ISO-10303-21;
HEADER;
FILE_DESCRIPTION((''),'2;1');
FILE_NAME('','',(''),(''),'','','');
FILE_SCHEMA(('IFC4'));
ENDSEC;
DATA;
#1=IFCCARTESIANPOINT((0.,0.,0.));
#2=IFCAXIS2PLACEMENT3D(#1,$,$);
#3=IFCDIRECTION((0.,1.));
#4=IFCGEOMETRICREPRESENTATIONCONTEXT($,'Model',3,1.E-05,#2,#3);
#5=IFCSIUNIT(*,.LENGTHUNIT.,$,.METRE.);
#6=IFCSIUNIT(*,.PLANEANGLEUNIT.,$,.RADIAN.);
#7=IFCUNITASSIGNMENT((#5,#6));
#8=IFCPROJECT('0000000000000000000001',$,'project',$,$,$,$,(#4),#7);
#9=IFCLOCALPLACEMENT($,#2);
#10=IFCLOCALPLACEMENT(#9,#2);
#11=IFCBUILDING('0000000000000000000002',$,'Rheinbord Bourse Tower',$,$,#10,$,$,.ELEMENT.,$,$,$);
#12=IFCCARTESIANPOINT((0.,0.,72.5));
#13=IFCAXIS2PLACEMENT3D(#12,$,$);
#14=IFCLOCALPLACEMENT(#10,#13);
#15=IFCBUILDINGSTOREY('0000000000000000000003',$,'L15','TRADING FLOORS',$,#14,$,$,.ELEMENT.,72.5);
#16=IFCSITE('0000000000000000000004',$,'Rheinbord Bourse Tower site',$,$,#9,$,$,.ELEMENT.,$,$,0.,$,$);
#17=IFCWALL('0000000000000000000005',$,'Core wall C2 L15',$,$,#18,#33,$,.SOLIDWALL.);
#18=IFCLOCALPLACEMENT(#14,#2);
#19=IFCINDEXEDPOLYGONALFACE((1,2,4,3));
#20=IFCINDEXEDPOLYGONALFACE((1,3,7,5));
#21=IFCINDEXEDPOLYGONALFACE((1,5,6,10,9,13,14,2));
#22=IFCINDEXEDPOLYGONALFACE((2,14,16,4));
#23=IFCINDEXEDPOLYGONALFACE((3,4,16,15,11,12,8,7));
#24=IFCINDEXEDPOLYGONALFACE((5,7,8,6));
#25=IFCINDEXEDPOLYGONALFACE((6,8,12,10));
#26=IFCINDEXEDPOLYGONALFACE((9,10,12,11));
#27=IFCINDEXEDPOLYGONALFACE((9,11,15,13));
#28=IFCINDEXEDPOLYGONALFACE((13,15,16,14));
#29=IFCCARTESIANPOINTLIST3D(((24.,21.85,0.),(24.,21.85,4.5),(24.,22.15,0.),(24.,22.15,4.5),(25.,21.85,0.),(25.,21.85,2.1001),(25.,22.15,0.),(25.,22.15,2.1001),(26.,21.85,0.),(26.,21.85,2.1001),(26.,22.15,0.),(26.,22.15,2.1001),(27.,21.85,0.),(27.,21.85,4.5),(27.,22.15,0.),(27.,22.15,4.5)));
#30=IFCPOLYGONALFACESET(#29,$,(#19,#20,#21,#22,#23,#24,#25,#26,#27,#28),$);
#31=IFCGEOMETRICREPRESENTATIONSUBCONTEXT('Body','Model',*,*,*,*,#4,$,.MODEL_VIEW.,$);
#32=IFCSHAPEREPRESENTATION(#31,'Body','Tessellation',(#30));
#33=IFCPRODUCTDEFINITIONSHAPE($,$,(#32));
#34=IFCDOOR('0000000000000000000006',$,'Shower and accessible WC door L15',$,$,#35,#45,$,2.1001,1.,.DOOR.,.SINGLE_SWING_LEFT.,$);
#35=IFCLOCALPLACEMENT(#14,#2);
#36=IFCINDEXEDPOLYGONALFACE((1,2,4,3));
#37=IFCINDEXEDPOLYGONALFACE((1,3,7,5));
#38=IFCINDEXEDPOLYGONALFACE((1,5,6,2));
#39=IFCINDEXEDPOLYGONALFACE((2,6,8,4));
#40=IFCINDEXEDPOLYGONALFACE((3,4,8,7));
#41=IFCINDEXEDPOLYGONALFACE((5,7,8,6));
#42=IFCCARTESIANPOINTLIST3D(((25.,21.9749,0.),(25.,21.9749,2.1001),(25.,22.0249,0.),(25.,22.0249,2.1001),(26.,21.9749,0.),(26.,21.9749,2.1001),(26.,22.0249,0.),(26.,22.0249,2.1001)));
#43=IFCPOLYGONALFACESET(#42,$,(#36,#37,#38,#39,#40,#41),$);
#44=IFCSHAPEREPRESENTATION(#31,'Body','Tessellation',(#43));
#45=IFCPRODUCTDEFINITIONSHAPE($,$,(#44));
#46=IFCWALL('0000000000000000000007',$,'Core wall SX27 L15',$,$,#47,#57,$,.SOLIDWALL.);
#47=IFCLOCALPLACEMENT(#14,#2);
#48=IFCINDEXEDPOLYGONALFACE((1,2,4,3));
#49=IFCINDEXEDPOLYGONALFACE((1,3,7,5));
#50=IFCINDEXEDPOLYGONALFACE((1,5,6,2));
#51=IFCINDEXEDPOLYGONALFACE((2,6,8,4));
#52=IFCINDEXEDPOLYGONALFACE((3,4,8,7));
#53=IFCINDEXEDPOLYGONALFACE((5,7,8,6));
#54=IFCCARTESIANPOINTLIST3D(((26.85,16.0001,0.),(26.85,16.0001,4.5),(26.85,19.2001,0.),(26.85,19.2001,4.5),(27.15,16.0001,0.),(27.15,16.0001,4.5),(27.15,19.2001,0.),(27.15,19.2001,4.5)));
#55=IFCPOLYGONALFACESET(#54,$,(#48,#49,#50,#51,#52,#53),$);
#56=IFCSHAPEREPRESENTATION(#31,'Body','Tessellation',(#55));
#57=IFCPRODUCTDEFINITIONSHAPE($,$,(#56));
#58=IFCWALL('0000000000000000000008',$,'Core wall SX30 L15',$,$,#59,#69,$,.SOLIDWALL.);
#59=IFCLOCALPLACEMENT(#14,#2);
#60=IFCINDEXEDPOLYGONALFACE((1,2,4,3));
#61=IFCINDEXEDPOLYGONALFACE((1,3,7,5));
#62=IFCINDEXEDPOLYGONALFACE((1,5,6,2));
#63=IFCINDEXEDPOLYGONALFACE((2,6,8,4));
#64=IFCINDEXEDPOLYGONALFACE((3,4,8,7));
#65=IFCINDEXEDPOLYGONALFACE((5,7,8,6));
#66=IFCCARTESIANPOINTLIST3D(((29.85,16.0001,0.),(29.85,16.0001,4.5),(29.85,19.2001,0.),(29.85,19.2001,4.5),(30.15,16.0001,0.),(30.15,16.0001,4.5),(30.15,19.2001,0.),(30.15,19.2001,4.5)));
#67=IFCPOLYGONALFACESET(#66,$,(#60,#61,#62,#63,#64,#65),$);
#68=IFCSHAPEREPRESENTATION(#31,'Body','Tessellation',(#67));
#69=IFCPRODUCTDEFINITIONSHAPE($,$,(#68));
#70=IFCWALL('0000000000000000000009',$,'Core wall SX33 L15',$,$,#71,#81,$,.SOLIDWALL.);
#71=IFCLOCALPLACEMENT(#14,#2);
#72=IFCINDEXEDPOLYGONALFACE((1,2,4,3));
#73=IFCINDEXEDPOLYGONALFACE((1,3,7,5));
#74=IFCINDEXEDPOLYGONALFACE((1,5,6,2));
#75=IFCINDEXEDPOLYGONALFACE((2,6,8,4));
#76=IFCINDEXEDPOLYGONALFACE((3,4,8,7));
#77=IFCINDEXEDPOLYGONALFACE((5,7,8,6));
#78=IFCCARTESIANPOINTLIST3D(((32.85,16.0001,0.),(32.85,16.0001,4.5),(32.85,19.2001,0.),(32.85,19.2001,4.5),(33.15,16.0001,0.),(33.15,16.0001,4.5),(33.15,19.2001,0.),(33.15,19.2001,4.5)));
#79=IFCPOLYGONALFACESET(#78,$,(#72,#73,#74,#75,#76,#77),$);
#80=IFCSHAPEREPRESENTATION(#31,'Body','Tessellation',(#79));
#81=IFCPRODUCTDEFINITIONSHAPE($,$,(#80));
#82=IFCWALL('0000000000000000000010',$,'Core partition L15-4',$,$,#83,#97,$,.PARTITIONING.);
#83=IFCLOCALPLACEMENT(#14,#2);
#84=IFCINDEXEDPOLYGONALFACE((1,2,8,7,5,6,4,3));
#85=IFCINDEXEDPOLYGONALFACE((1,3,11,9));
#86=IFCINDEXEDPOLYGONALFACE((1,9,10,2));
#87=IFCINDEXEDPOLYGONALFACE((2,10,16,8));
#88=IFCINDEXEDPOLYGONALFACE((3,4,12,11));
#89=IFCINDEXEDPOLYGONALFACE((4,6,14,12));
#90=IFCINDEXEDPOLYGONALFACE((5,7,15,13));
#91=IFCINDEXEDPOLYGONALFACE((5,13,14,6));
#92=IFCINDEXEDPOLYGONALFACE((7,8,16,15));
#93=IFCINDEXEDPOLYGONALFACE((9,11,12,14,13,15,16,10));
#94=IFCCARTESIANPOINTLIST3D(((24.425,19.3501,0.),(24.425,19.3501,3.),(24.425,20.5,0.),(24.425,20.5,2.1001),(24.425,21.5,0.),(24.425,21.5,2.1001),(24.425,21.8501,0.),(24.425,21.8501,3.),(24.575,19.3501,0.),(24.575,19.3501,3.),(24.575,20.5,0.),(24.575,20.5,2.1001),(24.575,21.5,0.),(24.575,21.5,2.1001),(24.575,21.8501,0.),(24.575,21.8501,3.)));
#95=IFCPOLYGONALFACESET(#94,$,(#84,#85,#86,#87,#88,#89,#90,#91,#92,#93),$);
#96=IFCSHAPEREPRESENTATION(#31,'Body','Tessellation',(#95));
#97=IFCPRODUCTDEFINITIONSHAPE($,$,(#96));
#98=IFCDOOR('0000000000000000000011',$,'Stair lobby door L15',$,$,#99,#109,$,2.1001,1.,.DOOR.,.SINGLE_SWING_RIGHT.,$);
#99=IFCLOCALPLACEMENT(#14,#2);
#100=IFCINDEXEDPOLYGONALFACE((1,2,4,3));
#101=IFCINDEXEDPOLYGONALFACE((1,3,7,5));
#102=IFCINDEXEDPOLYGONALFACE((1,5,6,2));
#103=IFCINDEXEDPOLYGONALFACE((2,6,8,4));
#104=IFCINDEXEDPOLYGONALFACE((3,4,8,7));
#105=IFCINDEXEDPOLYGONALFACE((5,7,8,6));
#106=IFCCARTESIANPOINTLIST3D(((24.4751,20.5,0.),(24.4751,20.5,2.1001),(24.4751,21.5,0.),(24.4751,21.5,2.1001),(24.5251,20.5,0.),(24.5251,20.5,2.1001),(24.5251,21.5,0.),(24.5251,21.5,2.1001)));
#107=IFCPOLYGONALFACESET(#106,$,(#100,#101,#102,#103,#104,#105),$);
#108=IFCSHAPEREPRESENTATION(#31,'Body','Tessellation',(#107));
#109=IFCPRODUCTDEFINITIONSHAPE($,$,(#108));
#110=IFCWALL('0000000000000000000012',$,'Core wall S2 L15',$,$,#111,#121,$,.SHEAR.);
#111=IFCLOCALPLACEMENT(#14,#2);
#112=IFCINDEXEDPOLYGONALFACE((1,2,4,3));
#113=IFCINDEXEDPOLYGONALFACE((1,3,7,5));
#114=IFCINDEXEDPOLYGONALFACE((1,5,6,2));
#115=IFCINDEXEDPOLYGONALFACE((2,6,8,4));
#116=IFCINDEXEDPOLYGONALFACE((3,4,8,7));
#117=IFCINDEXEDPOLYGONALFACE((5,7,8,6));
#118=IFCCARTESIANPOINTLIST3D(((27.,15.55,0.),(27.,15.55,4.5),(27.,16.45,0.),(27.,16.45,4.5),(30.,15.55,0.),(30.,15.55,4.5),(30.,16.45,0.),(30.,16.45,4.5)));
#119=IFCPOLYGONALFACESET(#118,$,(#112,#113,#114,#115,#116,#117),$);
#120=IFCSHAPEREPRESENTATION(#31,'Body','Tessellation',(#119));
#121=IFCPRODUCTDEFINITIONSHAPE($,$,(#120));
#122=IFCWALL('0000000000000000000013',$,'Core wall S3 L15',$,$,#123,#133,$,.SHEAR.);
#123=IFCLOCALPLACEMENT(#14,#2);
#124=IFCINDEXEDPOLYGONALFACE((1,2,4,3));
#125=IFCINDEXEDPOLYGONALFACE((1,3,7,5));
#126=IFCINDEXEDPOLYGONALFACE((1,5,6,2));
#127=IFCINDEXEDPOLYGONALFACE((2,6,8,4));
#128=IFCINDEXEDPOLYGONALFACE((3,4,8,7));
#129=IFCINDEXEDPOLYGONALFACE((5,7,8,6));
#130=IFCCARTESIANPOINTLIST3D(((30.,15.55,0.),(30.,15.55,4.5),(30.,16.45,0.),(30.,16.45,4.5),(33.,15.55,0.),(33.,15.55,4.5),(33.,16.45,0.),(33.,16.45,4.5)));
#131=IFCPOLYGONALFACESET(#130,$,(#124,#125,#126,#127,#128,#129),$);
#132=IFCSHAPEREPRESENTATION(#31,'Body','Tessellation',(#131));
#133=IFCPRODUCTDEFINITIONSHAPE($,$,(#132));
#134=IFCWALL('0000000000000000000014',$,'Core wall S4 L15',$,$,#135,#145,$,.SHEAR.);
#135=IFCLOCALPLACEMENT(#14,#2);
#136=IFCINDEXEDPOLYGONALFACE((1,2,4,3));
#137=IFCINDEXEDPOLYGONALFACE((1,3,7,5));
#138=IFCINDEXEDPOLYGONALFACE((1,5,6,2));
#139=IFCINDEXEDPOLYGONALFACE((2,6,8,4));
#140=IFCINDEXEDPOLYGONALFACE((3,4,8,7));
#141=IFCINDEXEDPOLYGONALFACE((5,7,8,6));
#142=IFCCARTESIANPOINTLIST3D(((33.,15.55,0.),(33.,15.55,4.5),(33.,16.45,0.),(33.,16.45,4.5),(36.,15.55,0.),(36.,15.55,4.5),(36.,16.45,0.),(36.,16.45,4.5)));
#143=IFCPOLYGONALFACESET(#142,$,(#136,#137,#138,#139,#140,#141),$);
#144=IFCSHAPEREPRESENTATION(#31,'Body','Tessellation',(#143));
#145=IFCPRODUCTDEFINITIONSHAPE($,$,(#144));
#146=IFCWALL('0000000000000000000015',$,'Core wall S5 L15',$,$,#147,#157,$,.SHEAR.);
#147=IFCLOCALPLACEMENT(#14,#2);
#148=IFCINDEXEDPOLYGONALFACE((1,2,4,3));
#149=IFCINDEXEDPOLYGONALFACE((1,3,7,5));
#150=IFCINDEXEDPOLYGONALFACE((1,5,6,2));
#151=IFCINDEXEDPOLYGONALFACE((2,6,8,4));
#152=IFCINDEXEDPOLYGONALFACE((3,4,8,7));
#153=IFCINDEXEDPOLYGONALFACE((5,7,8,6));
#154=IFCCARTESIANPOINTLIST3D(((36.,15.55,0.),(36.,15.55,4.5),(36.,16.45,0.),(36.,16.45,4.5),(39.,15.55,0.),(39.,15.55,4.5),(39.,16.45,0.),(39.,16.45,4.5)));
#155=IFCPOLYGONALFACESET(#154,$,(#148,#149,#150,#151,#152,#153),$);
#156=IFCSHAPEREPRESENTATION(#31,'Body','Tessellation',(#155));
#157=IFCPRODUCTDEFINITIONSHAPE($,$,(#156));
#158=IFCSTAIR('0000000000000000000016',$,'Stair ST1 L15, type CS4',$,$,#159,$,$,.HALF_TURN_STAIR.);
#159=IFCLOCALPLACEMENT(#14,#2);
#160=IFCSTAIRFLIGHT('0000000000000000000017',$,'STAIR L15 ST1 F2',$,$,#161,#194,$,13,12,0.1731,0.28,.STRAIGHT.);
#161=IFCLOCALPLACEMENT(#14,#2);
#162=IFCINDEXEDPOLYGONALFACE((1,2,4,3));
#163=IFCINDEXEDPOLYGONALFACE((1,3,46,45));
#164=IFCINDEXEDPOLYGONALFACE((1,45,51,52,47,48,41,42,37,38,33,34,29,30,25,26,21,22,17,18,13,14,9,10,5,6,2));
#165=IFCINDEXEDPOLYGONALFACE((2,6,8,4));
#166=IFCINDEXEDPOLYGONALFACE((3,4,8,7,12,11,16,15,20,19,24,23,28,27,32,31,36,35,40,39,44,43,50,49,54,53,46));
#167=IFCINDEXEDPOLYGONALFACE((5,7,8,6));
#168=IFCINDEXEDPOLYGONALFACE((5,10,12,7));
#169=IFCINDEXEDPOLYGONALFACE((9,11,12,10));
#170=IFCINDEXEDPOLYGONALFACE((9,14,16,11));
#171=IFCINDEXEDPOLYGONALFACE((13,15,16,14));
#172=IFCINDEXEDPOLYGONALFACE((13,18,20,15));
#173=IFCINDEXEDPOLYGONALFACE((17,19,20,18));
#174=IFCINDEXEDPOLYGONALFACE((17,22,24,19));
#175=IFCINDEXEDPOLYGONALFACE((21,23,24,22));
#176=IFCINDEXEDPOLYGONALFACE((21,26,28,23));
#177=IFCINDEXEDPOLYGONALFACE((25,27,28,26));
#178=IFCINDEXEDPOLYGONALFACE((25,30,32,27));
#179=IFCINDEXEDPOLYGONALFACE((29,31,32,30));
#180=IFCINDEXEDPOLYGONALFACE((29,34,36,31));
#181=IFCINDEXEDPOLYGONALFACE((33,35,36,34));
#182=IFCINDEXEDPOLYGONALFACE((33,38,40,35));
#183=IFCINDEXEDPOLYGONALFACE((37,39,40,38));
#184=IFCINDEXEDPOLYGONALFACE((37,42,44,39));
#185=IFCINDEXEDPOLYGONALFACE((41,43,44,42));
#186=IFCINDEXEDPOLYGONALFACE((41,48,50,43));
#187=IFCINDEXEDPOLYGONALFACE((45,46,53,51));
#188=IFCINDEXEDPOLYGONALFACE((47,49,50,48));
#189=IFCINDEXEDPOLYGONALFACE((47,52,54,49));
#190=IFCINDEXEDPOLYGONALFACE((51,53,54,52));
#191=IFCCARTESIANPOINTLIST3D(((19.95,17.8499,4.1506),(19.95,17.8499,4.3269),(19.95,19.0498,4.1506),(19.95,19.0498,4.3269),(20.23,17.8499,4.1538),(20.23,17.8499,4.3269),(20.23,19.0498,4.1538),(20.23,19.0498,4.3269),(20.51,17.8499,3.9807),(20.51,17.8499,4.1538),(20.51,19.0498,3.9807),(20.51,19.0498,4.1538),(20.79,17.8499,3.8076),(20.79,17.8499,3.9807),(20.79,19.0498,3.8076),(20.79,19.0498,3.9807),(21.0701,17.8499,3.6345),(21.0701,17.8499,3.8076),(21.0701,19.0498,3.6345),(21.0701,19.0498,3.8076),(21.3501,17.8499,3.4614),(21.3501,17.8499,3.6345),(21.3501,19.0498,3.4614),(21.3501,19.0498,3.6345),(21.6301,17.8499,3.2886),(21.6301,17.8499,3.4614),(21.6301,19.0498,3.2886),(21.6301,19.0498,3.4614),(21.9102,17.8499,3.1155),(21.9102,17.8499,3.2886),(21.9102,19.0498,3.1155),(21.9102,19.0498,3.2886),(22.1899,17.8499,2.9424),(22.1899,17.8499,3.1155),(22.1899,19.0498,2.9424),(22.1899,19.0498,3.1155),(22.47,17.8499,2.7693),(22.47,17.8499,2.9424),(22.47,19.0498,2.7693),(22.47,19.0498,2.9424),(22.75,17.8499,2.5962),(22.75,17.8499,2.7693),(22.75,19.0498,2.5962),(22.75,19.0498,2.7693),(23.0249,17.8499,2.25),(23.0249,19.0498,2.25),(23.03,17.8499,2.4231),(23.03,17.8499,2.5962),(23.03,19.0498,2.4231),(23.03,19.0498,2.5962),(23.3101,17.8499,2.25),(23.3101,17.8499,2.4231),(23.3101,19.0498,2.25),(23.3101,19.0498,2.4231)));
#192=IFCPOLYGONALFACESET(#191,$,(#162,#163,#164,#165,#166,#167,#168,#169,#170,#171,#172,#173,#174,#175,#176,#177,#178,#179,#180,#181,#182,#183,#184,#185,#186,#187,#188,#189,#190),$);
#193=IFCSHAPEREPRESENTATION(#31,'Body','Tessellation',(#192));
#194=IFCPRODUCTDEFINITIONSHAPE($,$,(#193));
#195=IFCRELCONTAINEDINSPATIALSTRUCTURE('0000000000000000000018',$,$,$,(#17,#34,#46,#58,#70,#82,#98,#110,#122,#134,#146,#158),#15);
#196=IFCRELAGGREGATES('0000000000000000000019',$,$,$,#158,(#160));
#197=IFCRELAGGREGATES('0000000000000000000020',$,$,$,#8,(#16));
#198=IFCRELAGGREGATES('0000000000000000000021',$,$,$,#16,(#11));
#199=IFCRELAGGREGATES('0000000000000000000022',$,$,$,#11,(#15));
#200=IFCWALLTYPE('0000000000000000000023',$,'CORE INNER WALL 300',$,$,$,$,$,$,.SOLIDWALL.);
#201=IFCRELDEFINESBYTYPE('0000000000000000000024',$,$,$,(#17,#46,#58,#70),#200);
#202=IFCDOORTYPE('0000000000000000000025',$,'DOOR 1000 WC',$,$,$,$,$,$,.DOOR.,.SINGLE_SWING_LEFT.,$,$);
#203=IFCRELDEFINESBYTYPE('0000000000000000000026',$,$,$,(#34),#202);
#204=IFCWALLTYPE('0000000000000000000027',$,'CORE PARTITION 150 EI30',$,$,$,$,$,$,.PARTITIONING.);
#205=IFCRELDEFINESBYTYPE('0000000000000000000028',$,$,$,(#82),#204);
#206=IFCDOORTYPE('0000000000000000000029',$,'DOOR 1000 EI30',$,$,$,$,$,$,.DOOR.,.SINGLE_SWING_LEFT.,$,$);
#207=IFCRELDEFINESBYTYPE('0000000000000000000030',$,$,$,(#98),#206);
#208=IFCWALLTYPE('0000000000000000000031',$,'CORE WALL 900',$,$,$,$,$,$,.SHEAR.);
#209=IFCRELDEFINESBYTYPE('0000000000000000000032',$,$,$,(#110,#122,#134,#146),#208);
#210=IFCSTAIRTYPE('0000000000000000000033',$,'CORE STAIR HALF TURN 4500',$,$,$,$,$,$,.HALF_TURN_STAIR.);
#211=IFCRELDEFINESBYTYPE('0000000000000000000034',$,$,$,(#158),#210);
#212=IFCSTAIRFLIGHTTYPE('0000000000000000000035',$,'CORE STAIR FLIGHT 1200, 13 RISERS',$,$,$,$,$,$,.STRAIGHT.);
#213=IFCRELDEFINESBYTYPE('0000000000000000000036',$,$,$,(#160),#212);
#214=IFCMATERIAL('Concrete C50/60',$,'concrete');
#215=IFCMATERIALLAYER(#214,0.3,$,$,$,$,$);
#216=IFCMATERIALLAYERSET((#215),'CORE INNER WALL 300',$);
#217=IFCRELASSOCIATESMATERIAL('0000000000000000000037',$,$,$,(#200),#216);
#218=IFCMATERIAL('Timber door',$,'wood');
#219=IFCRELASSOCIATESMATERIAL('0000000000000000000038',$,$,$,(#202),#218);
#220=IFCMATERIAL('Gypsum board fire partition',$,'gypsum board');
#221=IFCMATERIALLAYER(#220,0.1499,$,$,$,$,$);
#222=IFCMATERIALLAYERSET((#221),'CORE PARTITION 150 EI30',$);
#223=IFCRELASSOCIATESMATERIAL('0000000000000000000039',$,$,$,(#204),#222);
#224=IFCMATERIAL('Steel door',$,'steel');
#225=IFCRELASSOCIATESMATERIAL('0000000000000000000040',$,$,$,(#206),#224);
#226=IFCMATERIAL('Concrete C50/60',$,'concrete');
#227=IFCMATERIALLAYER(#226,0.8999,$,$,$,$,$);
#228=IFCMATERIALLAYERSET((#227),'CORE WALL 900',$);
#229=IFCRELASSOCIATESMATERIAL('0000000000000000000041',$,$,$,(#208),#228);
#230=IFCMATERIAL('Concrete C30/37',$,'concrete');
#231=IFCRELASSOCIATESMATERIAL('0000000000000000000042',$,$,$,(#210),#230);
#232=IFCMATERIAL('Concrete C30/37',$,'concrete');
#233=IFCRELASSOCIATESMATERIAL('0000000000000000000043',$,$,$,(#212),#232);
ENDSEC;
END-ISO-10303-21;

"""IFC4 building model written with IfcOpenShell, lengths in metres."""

from ifc_helpers import new_model, si_unit, direction, frame, frame_2d, origin, place, context, subcontext, project, spatial, polyline, rectangle, outline, extrude, material, layer, layer_set, type_object, element, fill, aggregate, save


model = new_model("IFC4")

# Units and contexts
model_context = context("Model", 3, precision=1e-05, world=origin(), true_north=direction((0.0, 1.0)))
body_context = subcontext(model_context, "Body", "Model", "MODEL_VIEW")
ifc_project = project(units=[si_unit("LENGTHUNIT", "METRE"), si_unit("PLANEANGLEUNIT", "RADIAN")], contexts=[model_context])

# Site, building, storey
site_placement = place(None, origin())
site = spatial("IfcSite", under=ifc_project, at=site_placement, Name="Rheinbord Bourse Tower site", CompositionType="ELEMENT", RefElevation=0.0)
building_placement = place(site_placement, origin())
building = spatial("IfcBuilding", under=site, at=building_placement, Name="Rheinbord Bourse Tower", CompositionType="ELEMENT")
storey_placement = place(building_placement, frame((0.0, 0.0, 72.5)))
storey = spatial("IfcBuildingStorey", under=building, at=storey_placement, Name="L15", Description="TRADING FLOORS", CompositionType="ELEMENT", Elevation=72.5)

# Wall, opening, door
ifc_material_1 = material(Name="Concrete C50/60", Category="concrete")
ifc_layer_1 = layer(ifc_material_1, 0.3)
ifc_layer_set_1 = layer_set([ifc_layer_1], Name="CORE INNER WALL 300")
wall_type_1 = type_object("IfcWallType", Name="CORE INNER WALL 300", PredefinedType="SOLIDWALL", material=ifc_layer_set_1)
wall_1_placement = place(storey_placement, frame((24.0, 22.0, 0.0), z_axis=(0.0, 0.0, 1.0), x_axis=(1.0, 0.0, 0.0)))
wall_1 = element("IfcWall", 1, at=wall_1_placement, inside=storey, type_object=wall_type_1, Name="Core wall C2 L15", PredefinedType="SOLIDWALL", context=body_context, shape_type="SweptSolid", body=[
    extrude(rectangle(XDim=3.0, YDim=0.3, at=frame_2d((1.5, 0.0))), origin(), (0.0, 0.0, 1.0), 4.5),
])
opening_1_placement = place(wall_1_placement, frame((1.0, 0.0, 0.0)))
opening_1 = element("IfcOpeningElement", 2, at=opening_1_placement, cuts=wall_1, PredefinedType="OPENING", context=body_context, shape_type="SweptSolid", body=[
    extrude(rectangle(XDim=1.0, YDim=2.1001, at=frame_2d((0.5, 1.05))), frame((0.0, 0.1599, 0.0), z_axis=(0.0, -1.0, 0.0), x_axis=(1.0, 0.0, 0.0)), (0.0, 0.0, 1.0), 0.3201),
])
ifc_material_2 = material(Name="Timber door", Category="wood")
door_type_1 = type_object("IfcDoorType", Name="DOOR 1000 WC", OperationType="SINGLE_SWING_LEFT", PredefinedType="DOOR", material=ifc_material_2)
door_1_placement = place(opening_1_placement, origin())
door_1 = element("IfcDoor", 3, at=door_1_placement, inside=storey, type_object=door_type_1, Name="Shower and accessible WC door L15", OperationType="SINGLE_SWING_LEFT", OverallHeight=2.1001, OverallWidth=1.0, PredefinedType="DOOR", context=body_context, shape_type="SweptSolid", body=[
    extrude(rectangle(XDim=1.0, YDim=2.1001, at=frame_2d((0.5, 1.05))), frame((0.0, 0.0249, 0.0), z_axis=(0.0, -1.0, 0.0), x_axis=(1.0, 0.0, 0.0)), (0.0, 0.0, 1.0), 0.05),
])
fill(opening_1, door_1)

# Walls
for number, where, z_axis, x_axis, name in (
    (4, (27.0, 16.0, 0.0), (0.0, 0.0, 1.0), (0.0, 1.0, 0.0), "Core wall SX27 L15"),
    (5, (30.0, 16.0, 0.0), (0.0, 0.0, 1.0), (0.0, 1.0, 0.0), "Core wall SX30 L15"),
    (6, (33.0, 16.0, 0.0), (0.0, 0.0, 1.0), (0.0, 1.0, 0.0), "Core wall SX33 L15"),
):
    element("IfcWall", number, at=place(storey_placement, frame(where, z_axis=z_axis, x_axis=x_axis)), inside=storey, type_object=wall_type_1, Name=name, PredefinedType="SOLIDWALL", context=body_context, shape_type="SweptSolid", body=[
        extrude(rectangle(XDim=3.2, YDim=0.3, at=frame_2d((1.6001, 0.0))), origin(), (0.0, 0.0, 1.0), 4.5),
    ])

# Wall, opening, door
ifc_material_3 = material(Name="Gypsum board fire partition", Category="gypsum board")
ifc_layer_2 = layer(ifc_material_3, 0.1499)
ifc_layer_set_2 = layer_set([ifc_layer_2], Name="CORE PARTITION 150 EI30")
wall_type_2 = type_object("IfcWallType", Name="CORE PARTITION 150 EI30", PredefinedType="PARTITIONING", material=ifc_layer_set_2)
wall_2_placement = place(storey_placement, frame((24.5, 19.3501, 0.0), z_axis=(0.0, 0.0, 1.0), x_axis=(0.0, 1.0, 0.0)))
wall_2 = element("IfcWall", 7, at=wall_2_placement, inside=storey, type_object=wall_type_2, Name="Core partition L15-4", PredefinedType="PARTITIONING", context=body_context, shape_type="SweptSolid", body=[
    extrude(rectangle(XDim=2.5, YDim=0.1499, at=frame_2d((1.25, 0.0))), origin(), (0.0, 0.0, 1.0), 3.0),
])
opening_2_placement = place(wall_2_placement, frame((1.1499, 0.0, 0.0)))
opening_2 = element("IfcOpeningElement", 8, at=opening_2_placement, cuts=wall_2, PredefinedType="OPENING", context=body_context, shape_type="SweptSolid", body=[
    extrude(rectangle(XDim=1.0, YDim=2.1001, at=frame_2d((0.5, 1.05))), frame((0.0, 0.085, 0.0), z_axis=(0.0, -1.0, 0.0), x_axis=(1.0, 0.0, 0.0)), (0.0, 0.0, 1.0), 0.1699),
])
ifc_material_4 = material(Name="Steel door", Category="steel")
door_type_2 = type_object("IfcDoorType", Name="DOOR 1000 EI30", OperationType="SINGLE_SWING_LEFT", PredefinedType="DOOR", material=ifc_material_4)
door_2_placement = place(opening_2_placement, origin())
door_2 = element("IfcDoor", 9, at=door_2_placement, inside=storey, type_object=door_type_2, Name="Stair lobby door L15", OperationType="SINGLE_SWING_RIGHT", OverallHeight=2.1001, OverallWidth=1.0, PredefinedType="DOOR", context=body_context, shape_type="SweptSolid", body=[
    extrude(rectangle(XDim=1.0, YDim=2.1001, at=frame_2d((0.5, 1.05))), frame((0.0, 0.0249, 0.0), z_axis=(0.0, -1.0, 0.0), x_axis=(1.0, 0.0, 0.0)), (0.0, 0.0, 1.0), 0.05),
])
fill(opening_2, door_2)

# Walls
ifc_material_5 = material(Name="Concrete C50/60", Category="concrete")
ifc_layer_3 = layer(ifc_material_5, 0.8999)
ifc_layer_set_3 = layer_set([ifc_layer_3], Name="CORE WALL 900")
wall_type_3 = type_object("IfcWallType", Name="CORE WALL 900", PredefinedType="SHEAR", material=ifc_layer_set_3)
for number, where, z_axis, x_axis, name in (
    (10, (27.0, 16.0, 0.0), (0.0, 0.0, 1.0), (1.0, 0.0, 0.0), "Core wall S2 L15"),
    (11, (30.0, 16.0, 0.0), (0.0, 0.0, 1.0), (1.0, 0.0, 0.0), "Core wall S3 L15"),
    (12, (33.0, 16.0, 0.0), (0.0, 0.0, 1.0), (1.0, 0.0, 0.0), "Core wall S4 L15"),
    (13, (36.0, 16.0, 0.0), (0.0, 0.0, 1.0), (1.0, 0.0, 0.0), "Core wall S5 L15"),
):
    element("IfcWall", number, at=place(storey_placement, frame(where, z_axis=z_axis, x_axis=x_axis)), inside=storey, type_object=wall_type_3, Name=name, PredefinedType="SHEAR", context=body_context, shape_type="SweptSolid", body=[
        extrude(rectangle(XDim=3.0, YDim=0.8999, at=frame_2d((1.5, 0.0))), origin(), (0.0, 0.0, 1.0), 4.5),
    ])

# Stair, stair flight
ifc_material_6 = material(Name="Concrete C30/37", Category="concrete")
stair_type = type_object("IfcStairType", Name="CORE STAIR HALF TURN 4500", PredefinedType="HALF_TURN_STAIR", material=ifc_material_6)
stair_placement = place(storey_placement, origin())
stair = element("IfcStair", 14, at=stair_placement, inside=storey, type_object=stair_type, Name="Stair ST1 L15, type CS4", PredefinedType="HALF_TURN_STAIR")
ifc_material_7 = material(Name="Concrete C30/37", Category="concrete")
stair_flight_type = type_object("IfcStairFlightType", Name="CORE STAIR FLIGHT 1200, 13 RISERS", PredefinedType="STRAIGHT", material=ifc_material_7)
stair_flight_placement = place(storey_placement, frame((23.3101, 18.45, 2.25), z_axis=(0.0, 0.0, 1.0), x_axis=(-1.0, 0.0, 0.0)))
stair_flight = element("IfcStairFlight", 15, at=stair_flight_placement, type_object=stair_flight_type, Name="STAIR L15 ST1 F2", NumberOfRisers=13, NumberOfTreads=12, PredefinedType="STRAIGHT", RiserHeight=0.1731, TreadLength=0.28, context=body_context, shape_type="SweptSolid", body=[
    extrude(outline(polyline([(0.0, 0.0), (0.0, 0.1731), (0.28, 0.1731), (0.28, 0.3462), (0.5601, 0.3462), (0.5601, 0.5193), (0.8401, 0.5193), (0.8401, 0.6924), (1.1201, 0.6924), (1.1201, 0.8655), (1.3999, 0.8655), (1.3999, 1.0386), (1.6799, 1.0386), (1.6799, 1.2114), (1.96, 1.2114), (1.96, 1.3845), (2.24, 1.3845), (2.24, 1.5576), (2.52, 1.5576), (2.52, 1.7307), (2.8, 1.7307), (2.8, 1.9038), (3.0801, 1.9038), (3.0801, 2.0769), (3.3601, 2.0769), (3.3601, 2.25), (3.3601, 1.9006), (0.2852, 0.0), (0.0, 0.0)])), frame((0.0, 0.6001, 0.0), z_axis=(0.0, -1.0, 0.0), x_axis=(1.0, 0.0, 0.0)), (0.0, 0.0, 1.0), 1.2),
])
aggregate(stair, [stair_flight])

save(model, "model.ifc")
